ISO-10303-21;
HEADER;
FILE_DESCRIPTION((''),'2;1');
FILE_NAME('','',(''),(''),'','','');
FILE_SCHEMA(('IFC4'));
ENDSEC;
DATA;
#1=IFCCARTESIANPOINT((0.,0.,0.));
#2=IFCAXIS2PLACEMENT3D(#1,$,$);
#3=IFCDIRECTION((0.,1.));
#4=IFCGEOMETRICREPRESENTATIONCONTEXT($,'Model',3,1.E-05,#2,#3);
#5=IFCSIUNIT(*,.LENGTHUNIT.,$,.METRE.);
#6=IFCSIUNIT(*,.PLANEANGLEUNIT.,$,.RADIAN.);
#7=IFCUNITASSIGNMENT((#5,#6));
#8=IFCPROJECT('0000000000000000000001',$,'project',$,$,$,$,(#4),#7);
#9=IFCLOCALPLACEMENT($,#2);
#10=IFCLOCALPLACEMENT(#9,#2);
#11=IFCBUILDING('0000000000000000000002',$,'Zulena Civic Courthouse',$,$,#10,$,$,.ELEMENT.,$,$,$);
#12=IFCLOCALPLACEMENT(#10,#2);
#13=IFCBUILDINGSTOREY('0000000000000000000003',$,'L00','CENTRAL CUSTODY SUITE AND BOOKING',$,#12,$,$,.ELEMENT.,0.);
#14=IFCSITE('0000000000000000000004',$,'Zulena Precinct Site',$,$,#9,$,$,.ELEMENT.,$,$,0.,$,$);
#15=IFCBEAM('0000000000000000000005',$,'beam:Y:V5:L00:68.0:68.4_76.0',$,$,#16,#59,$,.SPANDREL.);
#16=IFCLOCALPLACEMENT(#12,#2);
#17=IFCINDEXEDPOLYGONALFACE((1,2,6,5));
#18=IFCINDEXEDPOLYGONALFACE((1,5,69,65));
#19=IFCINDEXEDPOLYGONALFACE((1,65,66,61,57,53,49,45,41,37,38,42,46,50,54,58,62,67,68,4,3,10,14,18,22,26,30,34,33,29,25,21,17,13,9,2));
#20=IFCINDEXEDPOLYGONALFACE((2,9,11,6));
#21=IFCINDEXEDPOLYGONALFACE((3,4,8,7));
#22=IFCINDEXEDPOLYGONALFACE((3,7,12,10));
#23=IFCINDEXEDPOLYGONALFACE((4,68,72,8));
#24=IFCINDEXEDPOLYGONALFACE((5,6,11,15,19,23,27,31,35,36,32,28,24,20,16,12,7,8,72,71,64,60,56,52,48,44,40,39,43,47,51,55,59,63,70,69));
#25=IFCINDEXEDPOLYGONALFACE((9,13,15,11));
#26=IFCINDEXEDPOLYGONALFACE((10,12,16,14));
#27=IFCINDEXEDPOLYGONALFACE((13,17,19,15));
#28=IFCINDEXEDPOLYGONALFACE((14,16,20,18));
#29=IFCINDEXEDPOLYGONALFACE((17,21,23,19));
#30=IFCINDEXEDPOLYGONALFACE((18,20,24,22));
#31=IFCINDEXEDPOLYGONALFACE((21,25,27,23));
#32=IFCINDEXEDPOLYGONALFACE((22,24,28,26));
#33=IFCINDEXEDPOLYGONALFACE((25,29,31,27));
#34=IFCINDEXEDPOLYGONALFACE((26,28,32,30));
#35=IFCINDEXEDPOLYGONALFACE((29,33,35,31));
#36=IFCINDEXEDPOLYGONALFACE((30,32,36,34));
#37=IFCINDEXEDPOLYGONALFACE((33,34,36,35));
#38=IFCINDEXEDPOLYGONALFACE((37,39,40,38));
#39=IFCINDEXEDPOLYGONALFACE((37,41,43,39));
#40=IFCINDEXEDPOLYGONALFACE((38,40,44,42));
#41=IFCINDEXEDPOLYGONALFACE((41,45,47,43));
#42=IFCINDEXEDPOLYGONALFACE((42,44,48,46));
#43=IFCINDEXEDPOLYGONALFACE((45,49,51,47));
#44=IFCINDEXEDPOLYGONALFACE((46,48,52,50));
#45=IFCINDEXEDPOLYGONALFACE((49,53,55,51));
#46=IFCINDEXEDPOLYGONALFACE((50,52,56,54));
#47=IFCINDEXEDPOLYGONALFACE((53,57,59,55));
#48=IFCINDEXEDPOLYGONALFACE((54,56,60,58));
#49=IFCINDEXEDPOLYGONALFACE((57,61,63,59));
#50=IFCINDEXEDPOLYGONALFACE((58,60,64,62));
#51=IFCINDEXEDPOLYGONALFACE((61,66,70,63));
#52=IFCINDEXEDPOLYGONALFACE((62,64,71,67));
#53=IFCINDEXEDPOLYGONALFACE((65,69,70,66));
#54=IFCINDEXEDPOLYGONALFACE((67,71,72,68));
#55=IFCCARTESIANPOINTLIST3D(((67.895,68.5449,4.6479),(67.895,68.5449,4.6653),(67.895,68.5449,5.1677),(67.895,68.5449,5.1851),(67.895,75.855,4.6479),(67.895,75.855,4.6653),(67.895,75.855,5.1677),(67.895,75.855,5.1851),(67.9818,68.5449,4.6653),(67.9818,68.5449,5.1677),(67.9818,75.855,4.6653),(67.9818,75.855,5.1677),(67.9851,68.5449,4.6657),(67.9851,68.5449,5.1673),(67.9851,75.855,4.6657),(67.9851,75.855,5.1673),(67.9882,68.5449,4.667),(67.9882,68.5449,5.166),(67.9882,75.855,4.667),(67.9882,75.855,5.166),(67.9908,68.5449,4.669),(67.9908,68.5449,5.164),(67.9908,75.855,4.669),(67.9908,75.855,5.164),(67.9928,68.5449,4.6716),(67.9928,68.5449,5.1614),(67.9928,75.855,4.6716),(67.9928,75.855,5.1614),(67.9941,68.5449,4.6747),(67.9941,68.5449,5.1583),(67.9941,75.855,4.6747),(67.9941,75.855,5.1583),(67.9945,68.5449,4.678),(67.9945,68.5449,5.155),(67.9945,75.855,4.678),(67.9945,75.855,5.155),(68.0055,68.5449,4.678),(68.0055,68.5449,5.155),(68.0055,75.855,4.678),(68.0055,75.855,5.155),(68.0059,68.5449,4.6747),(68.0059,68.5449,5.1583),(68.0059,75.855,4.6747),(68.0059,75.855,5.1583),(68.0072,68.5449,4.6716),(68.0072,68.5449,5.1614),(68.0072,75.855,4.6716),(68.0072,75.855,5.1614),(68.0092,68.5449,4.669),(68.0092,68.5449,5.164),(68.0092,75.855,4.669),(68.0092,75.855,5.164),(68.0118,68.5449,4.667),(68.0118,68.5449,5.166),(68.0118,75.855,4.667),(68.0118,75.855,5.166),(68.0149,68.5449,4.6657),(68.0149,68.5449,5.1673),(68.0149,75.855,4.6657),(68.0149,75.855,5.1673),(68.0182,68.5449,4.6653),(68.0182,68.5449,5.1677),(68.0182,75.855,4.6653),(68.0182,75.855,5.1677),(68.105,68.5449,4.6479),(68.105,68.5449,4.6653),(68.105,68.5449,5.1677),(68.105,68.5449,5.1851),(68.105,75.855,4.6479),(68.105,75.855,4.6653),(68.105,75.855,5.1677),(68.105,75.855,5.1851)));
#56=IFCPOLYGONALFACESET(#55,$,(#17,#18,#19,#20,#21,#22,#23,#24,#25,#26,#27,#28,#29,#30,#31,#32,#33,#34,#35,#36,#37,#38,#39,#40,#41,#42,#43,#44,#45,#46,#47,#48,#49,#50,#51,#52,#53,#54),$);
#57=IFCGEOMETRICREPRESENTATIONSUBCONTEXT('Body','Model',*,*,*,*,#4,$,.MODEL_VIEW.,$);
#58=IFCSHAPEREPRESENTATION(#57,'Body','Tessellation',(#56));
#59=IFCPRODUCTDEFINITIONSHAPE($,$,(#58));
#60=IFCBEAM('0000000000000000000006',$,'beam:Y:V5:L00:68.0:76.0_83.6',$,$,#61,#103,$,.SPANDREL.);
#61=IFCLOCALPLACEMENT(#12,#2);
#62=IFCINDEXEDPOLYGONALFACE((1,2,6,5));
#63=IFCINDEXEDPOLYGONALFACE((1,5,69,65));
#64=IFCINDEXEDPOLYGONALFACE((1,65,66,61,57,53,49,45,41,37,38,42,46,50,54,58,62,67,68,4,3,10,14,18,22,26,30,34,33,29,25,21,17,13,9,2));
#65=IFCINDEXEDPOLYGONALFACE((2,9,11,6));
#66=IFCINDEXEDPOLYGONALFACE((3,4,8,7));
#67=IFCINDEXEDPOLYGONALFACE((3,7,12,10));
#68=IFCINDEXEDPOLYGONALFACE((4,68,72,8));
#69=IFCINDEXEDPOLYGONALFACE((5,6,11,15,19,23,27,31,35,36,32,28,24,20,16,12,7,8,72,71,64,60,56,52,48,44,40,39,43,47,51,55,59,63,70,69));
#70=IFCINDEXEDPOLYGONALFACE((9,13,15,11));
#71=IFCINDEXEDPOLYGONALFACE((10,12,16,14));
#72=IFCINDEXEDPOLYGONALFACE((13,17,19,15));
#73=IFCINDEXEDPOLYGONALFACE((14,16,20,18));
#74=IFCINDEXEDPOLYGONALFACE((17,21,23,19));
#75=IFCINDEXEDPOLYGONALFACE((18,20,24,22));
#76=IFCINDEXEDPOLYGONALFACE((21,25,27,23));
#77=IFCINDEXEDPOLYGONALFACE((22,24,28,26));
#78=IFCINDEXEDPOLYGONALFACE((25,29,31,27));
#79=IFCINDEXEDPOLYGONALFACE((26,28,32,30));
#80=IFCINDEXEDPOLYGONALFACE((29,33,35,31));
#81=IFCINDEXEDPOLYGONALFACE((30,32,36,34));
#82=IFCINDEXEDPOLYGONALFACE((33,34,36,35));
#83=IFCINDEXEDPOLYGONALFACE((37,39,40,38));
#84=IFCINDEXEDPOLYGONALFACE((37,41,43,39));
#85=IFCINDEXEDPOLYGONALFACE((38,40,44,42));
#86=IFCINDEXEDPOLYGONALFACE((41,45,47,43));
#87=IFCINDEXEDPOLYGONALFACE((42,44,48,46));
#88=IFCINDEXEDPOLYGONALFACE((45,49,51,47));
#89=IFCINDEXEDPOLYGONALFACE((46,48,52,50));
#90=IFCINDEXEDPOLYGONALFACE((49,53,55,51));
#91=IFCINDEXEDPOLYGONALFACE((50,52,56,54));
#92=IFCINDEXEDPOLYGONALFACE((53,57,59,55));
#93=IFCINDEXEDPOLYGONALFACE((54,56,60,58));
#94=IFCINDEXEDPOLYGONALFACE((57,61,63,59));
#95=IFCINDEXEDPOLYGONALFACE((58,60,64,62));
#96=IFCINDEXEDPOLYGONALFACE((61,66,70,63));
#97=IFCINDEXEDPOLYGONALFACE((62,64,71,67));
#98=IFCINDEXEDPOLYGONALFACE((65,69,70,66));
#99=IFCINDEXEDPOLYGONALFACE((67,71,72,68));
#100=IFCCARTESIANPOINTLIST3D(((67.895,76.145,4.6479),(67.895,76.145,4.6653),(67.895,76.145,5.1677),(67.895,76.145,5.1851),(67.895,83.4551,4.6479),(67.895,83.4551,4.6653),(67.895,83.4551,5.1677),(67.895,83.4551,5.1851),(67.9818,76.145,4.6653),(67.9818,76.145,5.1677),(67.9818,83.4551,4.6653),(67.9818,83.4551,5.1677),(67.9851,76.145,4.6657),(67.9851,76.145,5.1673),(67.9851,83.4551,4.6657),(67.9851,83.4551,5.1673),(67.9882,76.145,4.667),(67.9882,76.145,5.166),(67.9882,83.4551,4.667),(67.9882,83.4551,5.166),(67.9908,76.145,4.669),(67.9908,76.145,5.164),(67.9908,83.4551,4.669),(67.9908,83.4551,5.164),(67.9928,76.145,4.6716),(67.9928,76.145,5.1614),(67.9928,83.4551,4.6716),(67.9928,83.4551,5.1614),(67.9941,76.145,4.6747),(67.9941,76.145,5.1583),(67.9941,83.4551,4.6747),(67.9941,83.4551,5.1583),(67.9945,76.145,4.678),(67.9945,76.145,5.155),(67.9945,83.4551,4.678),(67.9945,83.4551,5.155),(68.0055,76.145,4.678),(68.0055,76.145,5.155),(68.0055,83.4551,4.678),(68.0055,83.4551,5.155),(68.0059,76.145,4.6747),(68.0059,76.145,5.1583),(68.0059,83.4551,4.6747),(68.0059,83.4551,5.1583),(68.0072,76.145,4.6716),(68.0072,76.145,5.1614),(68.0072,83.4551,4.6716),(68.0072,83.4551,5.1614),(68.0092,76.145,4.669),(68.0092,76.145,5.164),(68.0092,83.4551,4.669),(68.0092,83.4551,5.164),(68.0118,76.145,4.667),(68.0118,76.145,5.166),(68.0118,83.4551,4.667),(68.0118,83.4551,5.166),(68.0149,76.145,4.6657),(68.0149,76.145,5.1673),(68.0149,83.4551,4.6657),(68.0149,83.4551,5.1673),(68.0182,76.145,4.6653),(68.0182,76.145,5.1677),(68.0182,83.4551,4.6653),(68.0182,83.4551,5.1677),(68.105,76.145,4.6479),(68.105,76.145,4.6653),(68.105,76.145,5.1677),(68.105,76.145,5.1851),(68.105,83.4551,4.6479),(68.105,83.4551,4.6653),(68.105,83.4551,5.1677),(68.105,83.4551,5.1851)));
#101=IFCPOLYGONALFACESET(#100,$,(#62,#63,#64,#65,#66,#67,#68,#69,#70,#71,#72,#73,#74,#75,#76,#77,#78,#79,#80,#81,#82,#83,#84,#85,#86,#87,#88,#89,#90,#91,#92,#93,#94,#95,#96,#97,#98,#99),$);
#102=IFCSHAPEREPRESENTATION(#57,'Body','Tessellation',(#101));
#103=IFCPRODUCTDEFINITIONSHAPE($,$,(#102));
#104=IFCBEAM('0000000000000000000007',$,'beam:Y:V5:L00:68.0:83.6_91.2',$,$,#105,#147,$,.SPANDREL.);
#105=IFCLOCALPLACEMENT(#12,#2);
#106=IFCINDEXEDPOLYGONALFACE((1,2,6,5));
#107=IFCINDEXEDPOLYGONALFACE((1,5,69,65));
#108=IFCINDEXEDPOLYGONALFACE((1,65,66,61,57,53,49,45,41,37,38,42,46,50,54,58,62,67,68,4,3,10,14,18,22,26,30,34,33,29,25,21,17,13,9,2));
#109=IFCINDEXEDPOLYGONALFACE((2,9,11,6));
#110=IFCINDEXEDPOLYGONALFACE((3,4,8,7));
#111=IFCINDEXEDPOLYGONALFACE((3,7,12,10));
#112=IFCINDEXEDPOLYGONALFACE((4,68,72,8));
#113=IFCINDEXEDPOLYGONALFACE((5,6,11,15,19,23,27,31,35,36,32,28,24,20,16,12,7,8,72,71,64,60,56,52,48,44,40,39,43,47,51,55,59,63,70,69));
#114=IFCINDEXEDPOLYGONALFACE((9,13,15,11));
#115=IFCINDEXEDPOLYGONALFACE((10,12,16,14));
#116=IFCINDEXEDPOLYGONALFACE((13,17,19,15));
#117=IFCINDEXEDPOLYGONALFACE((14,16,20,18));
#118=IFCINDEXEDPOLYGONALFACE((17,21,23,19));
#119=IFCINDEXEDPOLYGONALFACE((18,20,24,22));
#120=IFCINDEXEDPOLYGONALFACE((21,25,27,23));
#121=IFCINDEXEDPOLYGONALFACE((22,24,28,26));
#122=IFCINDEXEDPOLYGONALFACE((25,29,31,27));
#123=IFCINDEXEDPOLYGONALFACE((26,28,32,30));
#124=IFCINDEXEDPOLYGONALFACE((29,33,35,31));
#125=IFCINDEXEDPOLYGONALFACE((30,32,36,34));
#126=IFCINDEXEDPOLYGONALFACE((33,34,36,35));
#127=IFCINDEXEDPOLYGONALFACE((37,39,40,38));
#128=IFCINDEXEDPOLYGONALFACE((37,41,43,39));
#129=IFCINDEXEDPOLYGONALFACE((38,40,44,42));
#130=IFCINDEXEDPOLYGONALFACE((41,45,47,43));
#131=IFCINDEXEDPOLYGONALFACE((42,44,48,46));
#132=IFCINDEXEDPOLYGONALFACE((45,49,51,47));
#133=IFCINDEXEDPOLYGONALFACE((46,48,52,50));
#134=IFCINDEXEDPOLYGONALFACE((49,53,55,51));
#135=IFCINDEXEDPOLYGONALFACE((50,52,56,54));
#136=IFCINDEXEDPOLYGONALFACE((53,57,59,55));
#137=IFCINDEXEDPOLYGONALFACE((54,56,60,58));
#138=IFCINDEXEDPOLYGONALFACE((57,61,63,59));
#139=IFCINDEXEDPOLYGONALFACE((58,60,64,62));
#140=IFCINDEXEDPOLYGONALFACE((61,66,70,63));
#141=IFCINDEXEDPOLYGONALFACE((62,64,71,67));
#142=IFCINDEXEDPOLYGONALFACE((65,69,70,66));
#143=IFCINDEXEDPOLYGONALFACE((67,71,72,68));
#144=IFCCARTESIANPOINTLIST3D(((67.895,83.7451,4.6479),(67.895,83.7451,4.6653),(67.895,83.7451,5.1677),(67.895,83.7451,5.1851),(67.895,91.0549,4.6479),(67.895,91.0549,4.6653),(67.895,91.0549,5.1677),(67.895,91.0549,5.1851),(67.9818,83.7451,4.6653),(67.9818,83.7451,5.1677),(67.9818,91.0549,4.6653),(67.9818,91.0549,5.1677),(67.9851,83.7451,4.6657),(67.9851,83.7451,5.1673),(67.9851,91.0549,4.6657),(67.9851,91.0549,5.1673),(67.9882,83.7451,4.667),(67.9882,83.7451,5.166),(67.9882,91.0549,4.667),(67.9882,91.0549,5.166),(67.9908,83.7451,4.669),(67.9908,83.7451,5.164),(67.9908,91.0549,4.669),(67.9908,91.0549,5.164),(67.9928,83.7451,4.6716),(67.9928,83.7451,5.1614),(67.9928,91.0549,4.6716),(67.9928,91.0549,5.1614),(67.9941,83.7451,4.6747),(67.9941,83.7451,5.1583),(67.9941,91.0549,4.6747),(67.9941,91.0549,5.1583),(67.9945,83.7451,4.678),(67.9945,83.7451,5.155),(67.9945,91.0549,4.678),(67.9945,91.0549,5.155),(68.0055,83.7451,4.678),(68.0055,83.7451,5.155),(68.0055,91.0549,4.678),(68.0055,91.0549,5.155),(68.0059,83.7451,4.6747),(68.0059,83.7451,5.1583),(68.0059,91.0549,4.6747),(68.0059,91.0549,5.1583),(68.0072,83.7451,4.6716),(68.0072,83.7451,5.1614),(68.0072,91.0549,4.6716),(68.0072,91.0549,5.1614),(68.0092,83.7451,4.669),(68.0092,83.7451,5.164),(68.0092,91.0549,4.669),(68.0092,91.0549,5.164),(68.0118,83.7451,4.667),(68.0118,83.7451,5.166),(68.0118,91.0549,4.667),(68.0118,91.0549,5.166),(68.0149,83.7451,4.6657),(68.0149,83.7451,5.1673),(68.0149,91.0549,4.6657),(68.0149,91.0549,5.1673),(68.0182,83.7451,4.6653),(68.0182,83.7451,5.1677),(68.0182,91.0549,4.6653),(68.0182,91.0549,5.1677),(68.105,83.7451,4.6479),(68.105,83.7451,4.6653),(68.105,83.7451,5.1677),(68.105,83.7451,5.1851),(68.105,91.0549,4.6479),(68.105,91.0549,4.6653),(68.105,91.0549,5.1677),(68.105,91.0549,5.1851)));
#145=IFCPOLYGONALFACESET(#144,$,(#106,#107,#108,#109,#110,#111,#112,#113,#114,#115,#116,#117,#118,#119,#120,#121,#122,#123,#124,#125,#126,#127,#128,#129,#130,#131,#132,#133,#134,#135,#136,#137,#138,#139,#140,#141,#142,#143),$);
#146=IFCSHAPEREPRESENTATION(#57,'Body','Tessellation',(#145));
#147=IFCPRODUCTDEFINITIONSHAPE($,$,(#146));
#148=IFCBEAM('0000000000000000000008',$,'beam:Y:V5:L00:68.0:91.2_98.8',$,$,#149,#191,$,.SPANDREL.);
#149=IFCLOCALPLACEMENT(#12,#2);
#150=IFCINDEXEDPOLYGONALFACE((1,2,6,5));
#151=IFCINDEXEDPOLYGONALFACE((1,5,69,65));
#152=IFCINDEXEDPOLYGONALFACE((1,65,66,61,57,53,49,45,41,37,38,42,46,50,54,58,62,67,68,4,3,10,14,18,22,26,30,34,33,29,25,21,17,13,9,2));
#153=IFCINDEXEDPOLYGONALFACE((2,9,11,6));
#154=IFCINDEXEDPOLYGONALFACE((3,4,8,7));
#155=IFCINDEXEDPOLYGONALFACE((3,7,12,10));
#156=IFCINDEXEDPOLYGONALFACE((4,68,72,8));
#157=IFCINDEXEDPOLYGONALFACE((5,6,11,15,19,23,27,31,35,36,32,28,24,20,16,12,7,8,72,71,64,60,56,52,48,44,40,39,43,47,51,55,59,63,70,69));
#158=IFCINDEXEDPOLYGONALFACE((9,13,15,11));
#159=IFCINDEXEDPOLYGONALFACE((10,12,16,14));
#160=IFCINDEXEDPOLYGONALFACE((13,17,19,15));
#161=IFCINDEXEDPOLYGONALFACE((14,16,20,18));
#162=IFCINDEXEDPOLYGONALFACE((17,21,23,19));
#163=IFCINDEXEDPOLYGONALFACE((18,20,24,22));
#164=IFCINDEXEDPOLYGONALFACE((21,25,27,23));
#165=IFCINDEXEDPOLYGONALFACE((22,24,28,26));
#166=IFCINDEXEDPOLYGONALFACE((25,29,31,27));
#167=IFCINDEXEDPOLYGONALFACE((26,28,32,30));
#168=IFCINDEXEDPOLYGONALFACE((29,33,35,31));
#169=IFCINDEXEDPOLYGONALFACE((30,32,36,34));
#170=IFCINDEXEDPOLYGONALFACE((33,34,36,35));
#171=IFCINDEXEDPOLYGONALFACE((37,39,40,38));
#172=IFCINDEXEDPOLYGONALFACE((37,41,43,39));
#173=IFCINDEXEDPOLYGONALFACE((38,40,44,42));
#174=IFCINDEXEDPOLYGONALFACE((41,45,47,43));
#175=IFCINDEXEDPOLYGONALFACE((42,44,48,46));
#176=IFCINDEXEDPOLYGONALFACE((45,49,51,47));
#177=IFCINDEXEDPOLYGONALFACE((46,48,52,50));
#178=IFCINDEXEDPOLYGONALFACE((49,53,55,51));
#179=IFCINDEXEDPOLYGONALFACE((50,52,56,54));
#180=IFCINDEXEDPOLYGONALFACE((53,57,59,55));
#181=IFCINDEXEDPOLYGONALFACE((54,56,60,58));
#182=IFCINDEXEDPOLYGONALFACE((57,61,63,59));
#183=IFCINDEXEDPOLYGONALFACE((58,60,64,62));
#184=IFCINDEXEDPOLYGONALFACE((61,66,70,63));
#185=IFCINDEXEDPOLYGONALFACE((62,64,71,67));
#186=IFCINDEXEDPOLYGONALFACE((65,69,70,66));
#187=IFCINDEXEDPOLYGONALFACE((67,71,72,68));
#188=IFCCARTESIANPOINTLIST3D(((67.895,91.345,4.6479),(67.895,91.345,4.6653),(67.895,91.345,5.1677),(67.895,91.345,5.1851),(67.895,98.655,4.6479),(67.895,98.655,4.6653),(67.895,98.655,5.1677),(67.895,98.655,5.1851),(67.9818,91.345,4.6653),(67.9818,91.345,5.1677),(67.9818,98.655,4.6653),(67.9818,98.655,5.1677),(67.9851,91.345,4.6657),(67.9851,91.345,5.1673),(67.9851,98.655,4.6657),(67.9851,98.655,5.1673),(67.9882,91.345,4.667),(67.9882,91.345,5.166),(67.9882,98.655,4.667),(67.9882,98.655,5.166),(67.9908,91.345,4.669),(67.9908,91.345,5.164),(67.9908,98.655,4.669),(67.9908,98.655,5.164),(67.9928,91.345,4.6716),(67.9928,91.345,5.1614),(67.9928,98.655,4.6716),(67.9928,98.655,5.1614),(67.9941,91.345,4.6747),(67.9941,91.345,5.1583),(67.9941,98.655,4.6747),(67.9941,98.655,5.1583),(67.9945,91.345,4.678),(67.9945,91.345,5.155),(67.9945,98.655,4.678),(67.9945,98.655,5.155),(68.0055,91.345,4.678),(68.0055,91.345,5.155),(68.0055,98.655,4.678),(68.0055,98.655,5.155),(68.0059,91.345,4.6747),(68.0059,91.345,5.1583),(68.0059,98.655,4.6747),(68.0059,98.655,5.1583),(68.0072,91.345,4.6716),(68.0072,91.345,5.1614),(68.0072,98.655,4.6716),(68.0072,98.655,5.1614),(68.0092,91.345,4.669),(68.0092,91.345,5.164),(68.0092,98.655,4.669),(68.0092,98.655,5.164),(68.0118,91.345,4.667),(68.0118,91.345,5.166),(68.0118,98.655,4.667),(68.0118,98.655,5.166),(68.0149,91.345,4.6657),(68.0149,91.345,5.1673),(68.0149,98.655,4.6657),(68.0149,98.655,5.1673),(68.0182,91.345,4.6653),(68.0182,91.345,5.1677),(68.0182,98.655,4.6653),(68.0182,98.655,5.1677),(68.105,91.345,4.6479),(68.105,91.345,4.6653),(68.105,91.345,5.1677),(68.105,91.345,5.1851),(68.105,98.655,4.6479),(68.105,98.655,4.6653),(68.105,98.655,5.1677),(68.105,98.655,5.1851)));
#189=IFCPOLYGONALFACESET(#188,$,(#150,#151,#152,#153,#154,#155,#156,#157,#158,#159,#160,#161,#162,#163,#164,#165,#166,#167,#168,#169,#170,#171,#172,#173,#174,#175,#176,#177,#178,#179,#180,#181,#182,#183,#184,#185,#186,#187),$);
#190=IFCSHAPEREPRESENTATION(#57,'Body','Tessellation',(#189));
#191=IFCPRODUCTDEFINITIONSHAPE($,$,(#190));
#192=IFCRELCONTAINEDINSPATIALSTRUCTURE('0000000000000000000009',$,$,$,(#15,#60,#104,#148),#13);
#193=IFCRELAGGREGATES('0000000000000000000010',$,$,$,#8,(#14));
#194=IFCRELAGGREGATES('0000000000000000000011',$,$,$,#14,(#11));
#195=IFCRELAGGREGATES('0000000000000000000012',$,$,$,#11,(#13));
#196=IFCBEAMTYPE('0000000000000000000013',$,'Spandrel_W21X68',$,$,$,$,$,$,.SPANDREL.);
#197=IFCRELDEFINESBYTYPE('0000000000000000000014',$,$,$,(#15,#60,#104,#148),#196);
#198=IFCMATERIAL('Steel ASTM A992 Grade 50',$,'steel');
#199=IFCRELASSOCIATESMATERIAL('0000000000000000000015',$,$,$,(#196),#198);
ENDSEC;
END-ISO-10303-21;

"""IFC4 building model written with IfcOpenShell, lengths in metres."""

from ifc_helpers import new_model, si_unit, direction, frame, origin, origin_2d, place, context, subcontext, project, spatial, i_section, extrude, material, material_profile, profile_set, type_object, element, save


model = new_model("IFC4")

# Units and contexts
model_context = context("Model", 3, precision=1e-05, world=origin(), true_north=direction((0.0, 1.0)))
body_context = subcontext(model_context, "Body", "Model", "MODEL_VIEW")
ifc_project = project(units=[si_unit("LENGTHUNIT", "METRE"), si_unit("PLANEANGLEUNIT", "RADIAN")], contexts=[model_context])

# Site, building, storey
site_placement = place(None, origin())
site = spatial("IfcSite", under=ifc_project, at=site_placement, Name="Zulena Precinct Site", CompositionType="ELEMENT", RefElevation=0.0)
building_placement = place(site_placement, origin())
building = spatial("IfcBuilding", under=site, at=building_placement, Name="Zulena Civic Courthouse", CompositionType="ELEMENT")
storey_placement = place(building_placement, origin())
storey = spatial("IfcBuildingStorey", under=building, at=storey_placement, Name="L00", Description="CENTRAL CUSTODY SUITE AND BOOKING", CompositionType="ELEMENT", Elevation=0.0)

# Shared definitions
ifc_material_1 = material(Name="Steel ASTM A992 Grade 50", Category="steel")

# Beams
ifc_material_profile_1 = material_profile(ifc_material_1, i_section(OverallWidth=0.21, OverallDepth=0.5371, WebThickness=0.011, FlangeThickness=0.0173, FilletRadius=0.0127, at=origin_2d()), Name="W21X68")
ifc_profile_set_1 = profile_set([ifc_material_profile_1], Name="Steel ASTM A992 Grade 50")
beam_type_1 = type_object("IfcBeamType", Name="Spandrel_W21X68", PredefinedType="SPANDREL", material=ifc_profile_set_1)
for number, where, z_axis, x_axis, name in (
    (1, (68.0, 68.5449, 4.9165), (0.0, 1.0, 0.0), (-1.0, 0.0, 0.0), "beam:Y:V5:L00:68.0:68.4_76.0"),
    (2, (68.0, 76.145, 4.9165), (0.0, 1.0, 0.0), (-1.0, 0.0, 0.0), "beam:Y:V5:L00:68.0:76.0_83.6"),
):
    element("IfcBeam", number, at=place(storey_placement, frame(where, z_axis=z_axis, x_axis=x_axis)), inside=storey, type_object=beam_type_1, Name=name, PredefinedType="SPANDREL", context=body_context, shape_type="SweptSolid", body=[
        extrude(i_section(OverallWidth=0.21, OverallDepth=0.5371, WebThickness=0.011, FlangeThickness=0.0173, FilletRadius=0.0127, at=origin_2d()), origin(), (0.0, 0.0, 1.0), 7.3101),
    ])
beam_1_placement = place(storey_placement, frame((68.0, 83.7451, 4.9165), z_axis=(0.0, 1.0, 0.0), x_axis=(-1.0, 0.0, 0.0)))
element("IfcBeam", 3, at=beam_1_placement, inside=storey, type_object=beam_type_1, Name="beam:Y:V5:L00:68.0:83.6_91.2", PredefinedType="SPANDREL", context=body_context, shape_type="SweptSolid", body=[
    extrude(i_section(OverallWidth=0.21, OverallDepth=0.5371, WebThickness=0.011, FlangeThickness=0.0173, FilletRadius=0.0127, at=origin_2d()), origin(), (0.0, 0.0, 1.0), 7.3098),
])
beam_2_placement = place(storey_placement, frame((68.0, 91.345, 4.9165), z_axis=(0.0, 1.0, 0.0), x_axis=(-1.0, 0.0, 0.0)))
element("IfcBeam", 4, at=beam_2_placement, inside=storey, type_object=beam_type_1, Name="beam:Y:V5:L00:68.0:91.2_98.8", PredefinedType="SPANDREL", context=body_context, shape_type="SweptSolid", body=[
    extrude(i_section(OverallWidth=0.21, OverallDepth=0.5371, WebThickness=0.011, FlangeThickness=0.0173, FilletRadius=0.0127, at=origin_2d()), origin(), (0.0, 0.0, 1.0), 7.3101),
])

save(model, "model.ifc")
